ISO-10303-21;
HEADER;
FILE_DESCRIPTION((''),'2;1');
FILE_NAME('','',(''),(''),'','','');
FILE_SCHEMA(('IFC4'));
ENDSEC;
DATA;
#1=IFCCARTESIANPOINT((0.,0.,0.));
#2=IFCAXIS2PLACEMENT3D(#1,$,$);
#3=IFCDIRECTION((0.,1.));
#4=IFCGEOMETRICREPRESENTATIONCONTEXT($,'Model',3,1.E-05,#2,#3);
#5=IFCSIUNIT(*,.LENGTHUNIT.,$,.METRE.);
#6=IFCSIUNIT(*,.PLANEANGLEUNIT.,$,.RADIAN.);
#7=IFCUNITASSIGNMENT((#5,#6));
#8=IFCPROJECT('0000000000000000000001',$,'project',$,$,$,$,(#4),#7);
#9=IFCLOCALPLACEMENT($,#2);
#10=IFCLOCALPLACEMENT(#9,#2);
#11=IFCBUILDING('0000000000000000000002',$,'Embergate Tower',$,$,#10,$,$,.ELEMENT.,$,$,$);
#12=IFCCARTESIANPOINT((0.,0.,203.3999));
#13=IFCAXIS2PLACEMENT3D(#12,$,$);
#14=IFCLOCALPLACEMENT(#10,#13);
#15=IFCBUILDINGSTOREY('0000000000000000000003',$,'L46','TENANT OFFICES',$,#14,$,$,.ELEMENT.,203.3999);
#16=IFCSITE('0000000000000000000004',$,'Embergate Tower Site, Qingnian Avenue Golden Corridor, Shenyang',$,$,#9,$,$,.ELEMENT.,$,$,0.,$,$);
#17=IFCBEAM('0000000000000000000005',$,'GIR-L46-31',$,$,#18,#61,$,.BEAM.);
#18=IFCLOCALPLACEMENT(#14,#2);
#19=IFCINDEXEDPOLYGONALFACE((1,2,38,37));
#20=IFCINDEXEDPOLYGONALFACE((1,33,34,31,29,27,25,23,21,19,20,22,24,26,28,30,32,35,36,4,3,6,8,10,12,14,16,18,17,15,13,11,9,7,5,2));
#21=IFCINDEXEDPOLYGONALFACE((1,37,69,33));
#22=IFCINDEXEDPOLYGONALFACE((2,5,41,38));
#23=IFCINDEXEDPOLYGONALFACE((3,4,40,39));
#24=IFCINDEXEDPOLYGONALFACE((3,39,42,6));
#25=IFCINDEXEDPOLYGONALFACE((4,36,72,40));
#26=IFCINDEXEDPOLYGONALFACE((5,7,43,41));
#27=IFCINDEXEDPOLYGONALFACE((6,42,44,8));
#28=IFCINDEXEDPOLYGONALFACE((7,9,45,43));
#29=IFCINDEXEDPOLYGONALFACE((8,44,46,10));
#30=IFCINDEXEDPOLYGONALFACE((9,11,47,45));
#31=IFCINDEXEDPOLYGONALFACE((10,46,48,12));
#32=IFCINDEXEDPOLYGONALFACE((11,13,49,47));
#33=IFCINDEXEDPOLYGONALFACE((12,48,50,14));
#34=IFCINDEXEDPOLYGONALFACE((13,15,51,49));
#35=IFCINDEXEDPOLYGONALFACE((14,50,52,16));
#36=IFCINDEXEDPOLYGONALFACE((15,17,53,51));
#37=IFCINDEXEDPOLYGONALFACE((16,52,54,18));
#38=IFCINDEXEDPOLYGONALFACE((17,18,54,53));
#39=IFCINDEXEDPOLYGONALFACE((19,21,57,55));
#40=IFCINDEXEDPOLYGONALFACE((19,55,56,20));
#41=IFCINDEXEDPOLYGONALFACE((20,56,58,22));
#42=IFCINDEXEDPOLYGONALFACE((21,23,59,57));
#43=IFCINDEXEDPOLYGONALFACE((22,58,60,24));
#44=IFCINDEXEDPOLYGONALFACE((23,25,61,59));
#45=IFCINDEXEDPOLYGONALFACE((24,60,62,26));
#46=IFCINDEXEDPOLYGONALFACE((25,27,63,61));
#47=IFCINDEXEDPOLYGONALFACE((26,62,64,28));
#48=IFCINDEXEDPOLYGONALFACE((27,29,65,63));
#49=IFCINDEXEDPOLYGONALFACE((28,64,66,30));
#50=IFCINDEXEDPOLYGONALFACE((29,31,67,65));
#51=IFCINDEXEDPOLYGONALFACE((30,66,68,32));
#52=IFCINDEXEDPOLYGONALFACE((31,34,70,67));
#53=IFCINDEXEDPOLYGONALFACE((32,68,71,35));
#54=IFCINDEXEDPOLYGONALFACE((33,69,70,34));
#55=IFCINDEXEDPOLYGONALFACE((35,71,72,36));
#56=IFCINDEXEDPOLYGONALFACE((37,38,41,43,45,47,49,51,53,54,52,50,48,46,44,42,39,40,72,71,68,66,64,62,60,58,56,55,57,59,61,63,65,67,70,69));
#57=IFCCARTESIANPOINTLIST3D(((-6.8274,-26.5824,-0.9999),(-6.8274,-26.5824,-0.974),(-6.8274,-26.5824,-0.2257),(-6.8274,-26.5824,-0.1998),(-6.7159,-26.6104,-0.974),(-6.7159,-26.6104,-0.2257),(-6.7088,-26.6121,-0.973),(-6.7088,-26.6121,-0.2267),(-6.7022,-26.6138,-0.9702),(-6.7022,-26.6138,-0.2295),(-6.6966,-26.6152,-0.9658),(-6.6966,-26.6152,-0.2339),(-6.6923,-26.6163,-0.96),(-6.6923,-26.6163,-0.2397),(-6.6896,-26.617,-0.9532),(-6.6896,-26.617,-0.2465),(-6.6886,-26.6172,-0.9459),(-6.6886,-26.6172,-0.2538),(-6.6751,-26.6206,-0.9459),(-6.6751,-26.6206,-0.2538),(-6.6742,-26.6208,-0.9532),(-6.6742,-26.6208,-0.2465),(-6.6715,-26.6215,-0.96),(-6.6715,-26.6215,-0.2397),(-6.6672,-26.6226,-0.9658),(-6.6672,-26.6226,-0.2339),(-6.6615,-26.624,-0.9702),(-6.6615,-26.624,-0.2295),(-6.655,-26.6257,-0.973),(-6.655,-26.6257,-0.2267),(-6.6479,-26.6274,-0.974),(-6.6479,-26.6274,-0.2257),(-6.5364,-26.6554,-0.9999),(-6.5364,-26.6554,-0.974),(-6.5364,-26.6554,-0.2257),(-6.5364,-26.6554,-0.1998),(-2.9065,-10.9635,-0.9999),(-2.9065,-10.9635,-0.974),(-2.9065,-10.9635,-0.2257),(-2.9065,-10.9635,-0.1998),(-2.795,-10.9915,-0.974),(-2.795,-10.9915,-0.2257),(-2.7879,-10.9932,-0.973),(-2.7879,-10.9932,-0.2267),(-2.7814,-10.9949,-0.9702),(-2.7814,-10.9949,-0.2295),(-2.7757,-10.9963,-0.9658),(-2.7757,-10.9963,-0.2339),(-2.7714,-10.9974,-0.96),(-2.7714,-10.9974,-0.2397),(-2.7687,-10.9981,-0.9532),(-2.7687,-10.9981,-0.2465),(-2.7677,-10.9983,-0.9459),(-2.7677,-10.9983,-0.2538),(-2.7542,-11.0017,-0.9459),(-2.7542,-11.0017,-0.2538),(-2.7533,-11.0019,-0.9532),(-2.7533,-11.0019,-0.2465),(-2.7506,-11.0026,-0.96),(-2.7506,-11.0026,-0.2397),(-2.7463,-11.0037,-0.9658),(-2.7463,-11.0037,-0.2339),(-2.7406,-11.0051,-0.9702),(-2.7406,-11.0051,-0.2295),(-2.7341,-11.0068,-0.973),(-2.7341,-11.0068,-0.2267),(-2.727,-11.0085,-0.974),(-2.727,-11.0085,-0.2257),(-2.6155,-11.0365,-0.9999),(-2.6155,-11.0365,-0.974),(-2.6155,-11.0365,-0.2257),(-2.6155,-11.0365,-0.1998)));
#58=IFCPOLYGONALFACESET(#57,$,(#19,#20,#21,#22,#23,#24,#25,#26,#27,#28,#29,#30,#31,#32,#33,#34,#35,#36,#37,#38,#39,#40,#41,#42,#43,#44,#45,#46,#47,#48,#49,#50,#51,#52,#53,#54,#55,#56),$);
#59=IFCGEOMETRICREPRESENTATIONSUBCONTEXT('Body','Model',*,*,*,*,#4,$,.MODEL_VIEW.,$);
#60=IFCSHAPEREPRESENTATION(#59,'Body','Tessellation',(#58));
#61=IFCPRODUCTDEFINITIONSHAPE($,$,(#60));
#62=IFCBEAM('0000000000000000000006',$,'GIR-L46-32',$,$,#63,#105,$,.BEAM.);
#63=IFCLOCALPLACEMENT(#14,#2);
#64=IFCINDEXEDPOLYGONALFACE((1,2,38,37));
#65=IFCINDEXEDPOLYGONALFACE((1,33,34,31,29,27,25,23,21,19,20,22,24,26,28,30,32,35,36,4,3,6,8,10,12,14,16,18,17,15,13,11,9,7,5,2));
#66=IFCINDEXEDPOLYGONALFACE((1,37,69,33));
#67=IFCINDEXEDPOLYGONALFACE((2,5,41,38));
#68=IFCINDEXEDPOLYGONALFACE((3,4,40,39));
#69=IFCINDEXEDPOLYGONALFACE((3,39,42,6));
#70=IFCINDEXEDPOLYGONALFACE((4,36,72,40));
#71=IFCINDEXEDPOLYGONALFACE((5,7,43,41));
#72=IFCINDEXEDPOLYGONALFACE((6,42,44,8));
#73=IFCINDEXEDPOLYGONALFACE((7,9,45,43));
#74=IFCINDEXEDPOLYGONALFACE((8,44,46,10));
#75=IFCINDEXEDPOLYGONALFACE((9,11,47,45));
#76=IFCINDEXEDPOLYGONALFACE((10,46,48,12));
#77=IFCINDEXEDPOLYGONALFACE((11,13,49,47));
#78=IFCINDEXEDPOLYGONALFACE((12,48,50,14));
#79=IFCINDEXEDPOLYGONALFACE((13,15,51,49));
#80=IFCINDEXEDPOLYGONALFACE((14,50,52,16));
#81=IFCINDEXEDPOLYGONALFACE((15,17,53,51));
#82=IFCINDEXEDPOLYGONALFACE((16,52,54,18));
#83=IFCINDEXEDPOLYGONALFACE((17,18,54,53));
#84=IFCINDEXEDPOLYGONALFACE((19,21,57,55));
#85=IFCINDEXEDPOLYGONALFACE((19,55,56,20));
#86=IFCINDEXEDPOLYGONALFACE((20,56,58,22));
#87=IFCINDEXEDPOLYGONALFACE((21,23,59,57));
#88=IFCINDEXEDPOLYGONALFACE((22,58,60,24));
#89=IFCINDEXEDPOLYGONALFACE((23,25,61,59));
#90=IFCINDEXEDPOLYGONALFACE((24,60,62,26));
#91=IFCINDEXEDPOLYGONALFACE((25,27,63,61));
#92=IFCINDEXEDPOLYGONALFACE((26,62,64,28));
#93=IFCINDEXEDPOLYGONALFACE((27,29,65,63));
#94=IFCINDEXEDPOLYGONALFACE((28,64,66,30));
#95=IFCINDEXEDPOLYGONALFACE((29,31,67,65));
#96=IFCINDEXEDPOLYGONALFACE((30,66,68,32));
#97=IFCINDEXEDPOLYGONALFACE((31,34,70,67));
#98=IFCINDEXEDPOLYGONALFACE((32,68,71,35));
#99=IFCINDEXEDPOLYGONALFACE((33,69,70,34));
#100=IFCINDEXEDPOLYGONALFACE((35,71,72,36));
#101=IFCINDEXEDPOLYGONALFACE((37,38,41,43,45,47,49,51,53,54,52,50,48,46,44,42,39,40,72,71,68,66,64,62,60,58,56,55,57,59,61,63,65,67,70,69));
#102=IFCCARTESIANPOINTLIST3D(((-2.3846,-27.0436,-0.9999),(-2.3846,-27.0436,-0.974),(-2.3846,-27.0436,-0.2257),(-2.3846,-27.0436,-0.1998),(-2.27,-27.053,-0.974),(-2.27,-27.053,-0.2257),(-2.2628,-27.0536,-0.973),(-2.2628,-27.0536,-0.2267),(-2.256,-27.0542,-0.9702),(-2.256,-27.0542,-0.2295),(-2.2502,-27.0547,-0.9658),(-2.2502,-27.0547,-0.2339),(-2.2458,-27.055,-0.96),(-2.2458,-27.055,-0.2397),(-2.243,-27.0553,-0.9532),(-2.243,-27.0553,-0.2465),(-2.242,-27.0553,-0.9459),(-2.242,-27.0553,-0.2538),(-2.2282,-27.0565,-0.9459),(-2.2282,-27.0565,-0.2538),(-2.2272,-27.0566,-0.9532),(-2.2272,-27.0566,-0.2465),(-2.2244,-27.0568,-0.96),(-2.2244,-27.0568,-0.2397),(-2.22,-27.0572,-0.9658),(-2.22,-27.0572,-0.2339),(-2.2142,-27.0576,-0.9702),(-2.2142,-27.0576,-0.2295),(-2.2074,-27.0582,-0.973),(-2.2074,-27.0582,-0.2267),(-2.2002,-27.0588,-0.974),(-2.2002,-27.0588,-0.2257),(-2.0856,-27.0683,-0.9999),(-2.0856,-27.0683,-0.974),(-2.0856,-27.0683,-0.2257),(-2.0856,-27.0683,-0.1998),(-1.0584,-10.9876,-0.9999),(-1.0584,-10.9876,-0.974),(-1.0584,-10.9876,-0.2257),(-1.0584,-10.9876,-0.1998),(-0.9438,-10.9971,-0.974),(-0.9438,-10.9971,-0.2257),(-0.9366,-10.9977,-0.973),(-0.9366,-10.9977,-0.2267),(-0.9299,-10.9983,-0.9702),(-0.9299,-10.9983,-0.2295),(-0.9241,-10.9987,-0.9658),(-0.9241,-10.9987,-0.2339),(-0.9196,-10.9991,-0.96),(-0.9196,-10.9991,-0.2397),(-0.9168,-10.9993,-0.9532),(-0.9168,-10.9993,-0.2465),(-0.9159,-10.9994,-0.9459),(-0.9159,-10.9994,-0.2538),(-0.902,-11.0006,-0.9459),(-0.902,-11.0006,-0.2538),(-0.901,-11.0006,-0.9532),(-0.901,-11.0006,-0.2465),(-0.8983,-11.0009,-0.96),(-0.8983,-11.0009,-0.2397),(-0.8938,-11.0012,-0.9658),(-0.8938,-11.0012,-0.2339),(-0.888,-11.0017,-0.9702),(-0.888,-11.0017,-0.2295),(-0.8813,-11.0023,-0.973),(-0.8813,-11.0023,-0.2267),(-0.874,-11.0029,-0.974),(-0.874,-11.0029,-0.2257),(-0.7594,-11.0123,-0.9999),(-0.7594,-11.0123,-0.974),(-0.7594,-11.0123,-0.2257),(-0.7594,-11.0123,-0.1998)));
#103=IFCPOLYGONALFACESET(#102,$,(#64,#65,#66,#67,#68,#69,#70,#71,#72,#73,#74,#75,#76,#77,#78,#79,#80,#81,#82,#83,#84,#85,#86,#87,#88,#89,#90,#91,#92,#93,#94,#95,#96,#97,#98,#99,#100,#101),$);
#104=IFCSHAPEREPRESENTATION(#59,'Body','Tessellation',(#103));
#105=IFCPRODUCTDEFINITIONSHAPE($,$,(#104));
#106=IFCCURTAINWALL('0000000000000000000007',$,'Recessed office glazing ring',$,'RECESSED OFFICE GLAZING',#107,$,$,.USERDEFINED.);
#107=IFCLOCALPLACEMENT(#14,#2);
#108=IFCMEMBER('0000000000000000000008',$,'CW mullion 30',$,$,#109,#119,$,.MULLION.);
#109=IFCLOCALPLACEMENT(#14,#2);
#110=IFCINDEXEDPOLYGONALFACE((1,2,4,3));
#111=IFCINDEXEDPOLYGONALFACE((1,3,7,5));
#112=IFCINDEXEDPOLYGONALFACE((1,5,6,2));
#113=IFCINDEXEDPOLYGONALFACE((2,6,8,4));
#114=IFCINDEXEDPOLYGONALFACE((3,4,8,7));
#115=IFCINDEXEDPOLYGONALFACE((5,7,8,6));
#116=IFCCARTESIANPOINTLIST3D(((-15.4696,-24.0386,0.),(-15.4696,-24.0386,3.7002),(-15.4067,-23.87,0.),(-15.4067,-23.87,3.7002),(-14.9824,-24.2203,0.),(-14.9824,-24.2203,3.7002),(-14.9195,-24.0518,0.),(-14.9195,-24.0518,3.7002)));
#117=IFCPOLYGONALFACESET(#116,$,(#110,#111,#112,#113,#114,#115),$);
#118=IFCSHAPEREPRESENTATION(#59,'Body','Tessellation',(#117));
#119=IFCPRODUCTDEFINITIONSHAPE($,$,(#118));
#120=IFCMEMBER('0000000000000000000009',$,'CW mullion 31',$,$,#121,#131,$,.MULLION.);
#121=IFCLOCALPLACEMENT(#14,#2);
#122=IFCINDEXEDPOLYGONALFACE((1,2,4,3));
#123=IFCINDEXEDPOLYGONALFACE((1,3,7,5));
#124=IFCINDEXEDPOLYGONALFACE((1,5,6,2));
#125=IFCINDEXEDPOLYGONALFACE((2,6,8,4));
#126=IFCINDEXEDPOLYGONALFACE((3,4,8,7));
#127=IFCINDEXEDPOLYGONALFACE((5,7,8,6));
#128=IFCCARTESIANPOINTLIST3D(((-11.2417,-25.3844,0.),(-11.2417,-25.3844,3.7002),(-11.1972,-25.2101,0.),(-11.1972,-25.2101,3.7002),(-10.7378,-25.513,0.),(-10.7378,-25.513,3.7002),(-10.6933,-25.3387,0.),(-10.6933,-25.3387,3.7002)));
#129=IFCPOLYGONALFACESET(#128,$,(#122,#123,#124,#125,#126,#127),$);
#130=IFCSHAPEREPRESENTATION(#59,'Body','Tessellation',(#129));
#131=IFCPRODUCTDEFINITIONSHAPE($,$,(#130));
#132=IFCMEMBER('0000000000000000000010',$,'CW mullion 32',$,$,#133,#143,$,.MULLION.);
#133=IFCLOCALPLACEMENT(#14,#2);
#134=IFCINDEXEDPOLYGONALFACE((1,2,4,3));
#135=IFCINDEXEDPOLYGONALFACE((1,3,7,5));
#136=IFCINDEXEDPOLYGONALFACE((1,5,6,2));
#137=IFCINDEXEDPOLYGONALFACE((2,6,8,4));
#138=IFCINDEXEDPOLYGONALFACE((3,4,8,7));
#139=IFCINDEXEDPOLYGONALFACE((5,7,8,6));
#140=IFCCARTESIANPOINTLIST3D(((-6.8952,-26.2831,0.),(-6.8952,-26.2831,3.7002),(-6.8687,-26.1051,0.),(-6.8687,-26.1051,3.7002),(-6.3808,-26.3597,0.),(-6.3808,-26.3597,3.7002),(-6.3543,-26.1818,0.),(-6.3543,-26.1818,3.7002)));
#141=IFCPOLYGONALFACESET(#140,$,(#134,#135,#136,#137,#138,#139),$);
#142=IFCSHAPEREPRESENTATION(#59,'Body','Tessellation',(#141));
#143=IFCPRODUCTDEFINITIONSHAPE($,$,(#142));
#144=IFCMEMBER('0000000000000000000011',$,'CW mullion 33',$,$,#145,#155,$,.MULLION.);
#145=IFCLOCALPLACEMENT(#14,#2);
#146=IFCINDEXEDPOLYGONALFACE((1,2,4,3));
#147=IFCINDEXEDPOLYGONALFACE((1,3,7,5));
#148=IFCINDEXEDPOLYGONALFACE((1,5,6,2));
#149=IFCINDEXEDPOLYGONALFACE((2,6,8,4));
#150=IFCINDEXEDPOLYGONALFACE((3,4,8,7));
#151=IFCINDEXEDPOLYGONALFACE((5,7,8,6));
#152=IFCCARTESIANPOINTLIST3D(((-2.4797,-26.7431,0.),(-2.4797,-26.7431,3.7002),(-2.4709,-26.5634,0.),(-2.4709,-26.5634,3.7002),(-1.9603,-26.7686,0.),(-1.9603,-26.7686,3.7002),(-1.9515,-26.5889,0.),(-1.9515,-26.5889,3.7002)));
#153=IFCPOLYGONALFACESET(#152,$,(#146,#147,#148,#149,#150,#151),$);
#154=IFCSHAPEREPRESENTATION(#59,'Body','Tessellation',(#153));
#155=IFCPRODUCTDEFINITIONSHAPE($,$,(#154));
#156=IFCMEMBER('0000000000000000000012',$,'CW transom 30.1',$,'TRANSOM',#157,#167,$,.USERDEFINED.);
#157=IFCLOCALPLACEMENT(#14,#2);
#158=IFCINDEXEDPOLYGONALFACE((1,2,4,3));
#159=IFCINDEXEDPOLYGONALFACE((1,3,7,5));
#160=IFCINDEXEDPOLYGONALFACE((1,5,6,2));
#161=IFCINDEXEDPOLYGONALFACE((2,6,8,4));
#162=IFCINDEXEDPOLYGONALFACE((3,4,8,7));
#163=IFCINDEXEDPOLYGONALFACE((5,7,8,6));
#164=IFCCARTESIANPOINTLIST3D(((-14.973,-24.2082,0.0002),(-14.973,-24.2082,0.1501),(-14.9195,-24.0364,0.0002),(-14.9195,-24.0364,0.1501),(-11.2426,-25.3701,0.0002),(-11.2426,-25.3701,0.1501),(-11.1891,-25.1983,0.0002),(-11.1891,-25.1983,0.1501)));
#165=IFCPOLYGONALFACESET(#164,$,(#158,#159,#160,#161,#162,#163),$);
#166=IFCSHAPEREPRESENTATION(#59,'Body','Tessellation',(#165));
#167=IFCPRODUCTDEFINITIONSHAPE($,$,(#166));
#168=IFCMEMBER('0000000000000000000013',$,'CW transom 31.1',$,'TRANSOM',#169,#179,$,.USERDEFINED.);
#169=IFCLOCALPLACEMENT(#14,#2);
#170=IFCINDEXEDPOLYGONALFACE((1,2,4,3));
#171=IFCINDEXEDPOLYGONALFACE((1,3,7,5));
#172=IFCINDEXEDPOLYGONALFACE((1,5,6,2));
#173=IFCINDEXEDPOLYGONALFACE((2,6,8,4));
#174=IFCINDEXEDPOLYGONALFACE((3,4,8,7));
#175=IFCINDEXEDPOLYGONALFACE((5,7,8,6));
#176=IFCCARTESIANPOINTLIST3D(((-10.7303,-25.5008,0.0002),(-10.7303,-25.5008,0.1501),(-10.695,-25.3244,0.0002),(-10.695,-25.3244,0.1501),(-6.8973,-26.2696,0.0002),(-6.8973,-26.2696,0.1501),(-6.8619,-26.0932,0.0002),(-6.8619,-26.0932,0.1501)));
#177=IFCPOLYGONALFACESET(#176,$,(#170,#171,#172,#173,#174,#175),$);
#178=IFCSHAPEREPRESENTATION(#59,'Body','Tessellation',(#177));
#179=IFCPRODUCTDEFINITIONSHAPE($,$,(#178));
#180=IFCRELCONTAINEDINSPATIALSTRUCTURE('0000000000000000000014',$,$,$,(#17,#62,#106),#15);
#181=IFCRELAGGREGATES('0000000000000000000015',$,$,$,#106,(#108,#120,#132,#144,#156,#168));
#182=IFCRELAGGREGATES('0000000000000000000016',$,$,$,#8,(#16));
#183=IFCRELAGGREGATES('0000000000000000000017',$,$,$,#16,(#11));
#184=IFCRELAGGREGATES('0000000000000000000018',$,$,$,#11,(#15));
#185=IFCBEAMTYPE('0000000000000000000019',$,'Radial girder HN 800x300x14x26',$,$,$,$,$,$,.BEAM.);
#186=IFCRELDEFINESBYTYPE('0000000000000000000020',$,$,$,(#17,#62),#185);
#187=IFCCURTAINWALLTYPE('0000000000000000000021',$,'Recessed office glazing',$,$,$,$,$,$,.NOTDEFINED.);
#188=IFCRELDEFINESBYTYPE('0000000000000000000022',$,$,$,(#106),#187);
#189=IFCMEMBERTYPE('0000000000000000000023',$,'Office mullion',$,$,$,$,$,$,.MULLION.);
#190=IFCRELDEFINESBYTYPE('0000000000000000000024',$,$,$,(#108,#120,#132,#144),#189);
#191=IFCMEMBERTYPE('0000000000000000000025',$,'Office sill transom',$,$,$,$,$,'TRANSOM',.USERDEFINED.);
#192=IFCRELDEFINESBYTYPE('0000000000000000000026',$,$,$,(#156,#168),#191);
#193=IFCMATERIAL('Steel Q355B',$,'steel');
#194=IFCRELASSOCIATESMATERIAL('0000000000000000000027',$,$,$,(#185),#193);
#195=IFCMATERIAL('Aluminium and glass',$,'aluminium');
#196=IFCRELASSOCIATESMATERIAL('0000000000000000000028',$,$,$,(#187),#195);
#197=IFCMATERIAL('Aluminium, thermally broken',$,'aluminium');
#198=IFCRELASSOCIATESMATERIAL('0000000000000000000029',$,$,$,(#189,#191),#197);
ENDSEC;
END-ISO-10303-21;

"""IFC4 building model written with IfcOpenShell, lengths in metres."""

from ifc_helpers import new_model, si_unit, direction, frame, origin, origin_2d, place, context, subcontext, project, spatial, rectangle, i_section, extrude, source, transform, mapped, material, material_profile, profile_set, type_object, element, aggregate, save


model = new_model("IFC4")

# Units and contexts
model_context = context("Model", 3, precision=1e-05, world=origin(), true_north=direction((0.0, 1.0)))
body_context = subcontext(model_context, "Body", "Model", "MODEL_VIEW")
ifc_project = project(units=[si_unit("LENGTHUNIT", "METRE"), si_unit("PLANEANGLEUNIT", "RADIAN")], contexts=[model_context])

# Site, building, storey
site_placement = place(None, origin())
site = spatial("IfcSite", under=ifc_project, at=site_placement, Name="Embergate Tower Site, Qingnian Avenue Golden Corridor, Shenyang", CompositionType="ELEMENT", RefElevation=0.0)
building_placement = place(site_placement, origin())
building = spatial("IfcBuilding", under=site, at=building_placement, Name="Embergate Tower", CompositionType="ELEMENT")
storey_placement = place(building_placement, frame((0.0, 0.0, 203.3999)))
storey = spatial("IfcBuildingStorey", under=building, at=storey_placement, Name="L46", Description="TENANT OFFICES", CompositionType="ELEMENT", Elevation=203.3999)

# Beams
ifc_material_1 = material(Name="Steel Q355B", Category="steel")
ifc_material_profile_1 = material_profile(ifc_material_1, i_section(OverallWidth=0.3, OverallDepth=0.8, WebThickness=0.0139, FlangeThickness=0.0259, FilletRadius=0.0281, at=origin_2d()), Name="HN 800x300x14x26")
ifc_profile_set_1 = profile_set([ifc_material_profile_1], Name="Steel Q355 grade B")
beam_type_1 = type_object("IfcBeamType", Name="Radial girder HN 800x300x14x26", PredefinedType="BEAM", material=ifc_profile_set_1)
shared_shape_1 = source(origin(), body_context, "Body", "SweptSolid", [
    extrude(i_section(OverallWidth=0.3, OverallDepth=0.8, WebThickness=0.0139, FlangeThickness=0.0259, FilletRadius=0.0281, at=origin_2d()), origin(), (0.0, 0.0, 1.0), 16.1035),
])
beam_1_placement = place(storey_placement, frame((-6.6819, -26.6189, -0.5999), z_axis=(0.243481, 0.969906, 0.0), x_axis=(-0.969906, 0.243481, 0.0)))
element("IfcBeam", 1, at=beam_1_placement, inside=storey, type_object=beam_type_1, Name="GIR-L46-31", PredefinedType="BEAM", context=body_context, shape_type="MappedRepresentation", body=[
    mapped(shared_shape_1, transform((0.0, 0.0, 0.0))),
])
shared_shape_2 = source(origin(), body_context, "Body", "SweptSolid", [
    extrude(i_section(OverallWidth=0.3, OverallDepth=0.8, WebThickness=0.0139, FlangeThickness=0.0259, FilletRadius=0.0281, at=origin_2d()), origin(), (0.0, 0.0, 1.0), 16.1106),
])
beam_2_placement = place(storey_placement, frame((-2.2351, -27.0559, -0.5999), z_axis=(0.082317, 0.996606, 0.0), x_axis=(-0.996606, 0.082317, 0.0)))
element("IfcBeam", 2, at=beam_2_placement, inside=storey, type_object=beam_type_1, Name="GIR-L46-32", PredefinedType="BEAM", context=body_context, shape_type="MappedRepresentation", body=[
    mapped(shared_shape_2, transform((0.0, 0.0, 0.0))),
])

# Curtain wall, members
ifc_material_2 = material(Name="Aluminium and glass", Category="aluminium")
curtain_wall_type = type_object("IfcCurtainWallType", Name="Recessed office glazing", PredefinedType="NOTDEFINED", material=ifc_material_2)
curtain_wall_placement = place(storey_placement, origin())
curtain_wall = element("IfcCurtainWall", 3, at=curtain_wall_placement, inside=storey, type_object=curtain_wall_type, Name="Recessed office glazing ring", ObjectType="RECESSED OFFICE GLAZING", PredefinedType="USERDEFINED")
ifc_material_3 = material(Name="Aluminium, thermally broken", Category="aluminium")
ifc_material_profile_2 = material_profile(ifc_material_3, rectangle(XDim=0.1799, YDim=0.52, at=origin_2d()), Name="AL 520x180")
ifc_profile_set_2 = profile_set([ifc_material_profile_2], Name="Aluminium, thermally broken")
member_type_1 = type_object("IfcMemberType", Name="Office mullion", PredefinedType="MULLION", material=ifc_profile_set_2)
shared_shape_3 = source(origin(), body_context, "Body", "SweptSolid", [
    extrude(rectangle(XDim=0.1799, YDim=0.52, at=origin_2d()), origin(), (0.0, 0.0, 1.0), 3.7002),
])
member_1_placement = place(storey_placement, frame((-15.1946, -24.0452, 0.0), z_axis=(0.0, 0.0, 1.0), x_axis=(0.349511, 0.936932, 0.0)))
member_1 = element("IfcMember", 4, at=member_1_placement, type_object=member_type_1, Name="CW mullion 30", PredefinedType="MULLION", context=body_context, shape_type="MappedRepresentation", body=[
    mapped(shared_shape_3, transform((0.0, 0.0, 0.0))),
])
member_2_placement = place(storey_placement, frame((-10.9675, -25.3616, 0.0), z_axis=(0.0, 0.0, 1.0), x_axis=(0.247319, 0.968934, 0.0)))
member_2 = element("IfcMember", 5, at=member_2_placement, type_object=member_type_1, Name="CW mullion 31", PredefinedType="MULLION", context=body_context, shape_type="MappedRepresentation", body=[
    mapped(shared_shape_3, transform((0.0, 0.0, 0.0))),
])
member_3_placement = place(storey_placement, frame((-6.6248, -26.2324, 0.0), z_axis=(0.0, 0.0, 1.0), x_axis=(0.147416, 0.989075, 0.0)))
member_3 = element("IfcMember", 6, at=member_3_placement, type_object=member_type_1, Name="CW mullion 32", PredefinedType="MULLION", context=body_context, shape_type="MappedRepresentation", body=[
    mapped(shared_shape_3, transform((0.0, 0.0, 0.0))),
])
member_4_placement = place(storey_placement, frame((-2.2156, -26.666, 0.0), z_axis=(0.0, 0.0, 1.0), x_axis=(0.048972, 0.9988, 0.0)))
member_4 = element("IfcMember", 7, at=member_4_placement, type_object=member_type_1, Name="CW mullion 33", PredefinedType="MULLION", context=body_context, shape_type="MappedRepresentation", body=[
    mapped(shared_shape_3, transform((0.0, 0.0, 0.0))),
])
ifc_material_profile_3 = material_profile(ifc_material_3, rectangle(XDim=0.1799, YDim=0.1499, at=origin_2d()), Name="AL 150x180")
ifc_profile_set_3 = profile_set([ifc_material_profile_3], Name="Aluminium, thermally broken")
member_type_2 = type_object("IfcMemberType", Name="Office sill transom", ElementType="TRANSOM", PredefinedType="USERDEFINED", material=ifc_profile_set_3)
shared_shape_4 = source(origin(), body_context, "Body", "SweptSolid", [
    extrude(rectangle(XDim=0.1799, YDim=0.1499, at=origin_2d()), origin(), (0.0, 0.0, 1.0), 3.9072),
])
member_5_placement = place(storey_placement, frame((-14.9463, -24.1223, 0.0752), z_axis=(0.954764, -0.297364, 0.0), x_axis=(0.297364, 0.954764, 0.0)))
member_5 = element("IfcMember", 8, at=member_5_placement, type_object=member_type_2, Name="CW transom 30.1", ObjectType="TRANSOM", PredefinedType="USERDEFINED", context=body_context, shape_type="MappedRepresentation", body=[
    mapped(shared_shape_4, transform((0.0, 0.0, 0.0))),
])
shared_shape_5 = source(origin(), body_context, "Body", "SweptSolid", [
    extrude(rectangle(XDim=0.1799, YDim=0.1499, at=origin_2d()), origin(), (0.0, 0.0, 1.0), 3.9094),
])
member_6_placement = place(storey_placement, frame((-10.7126, -25.4126, 0.0752), z_axis=(0.980472, -0.196657, 0.0), x_axis=(0.196657, 0.980472, 0.0)))
member_6 = element("IfcMember", 9, at=member_6_placement, type_object=member_type_2, Name="CW transom 31.1", ObjectType="TRANSOM", PredefinedType="USERDEFINED", context=body_context, shape_type="MappedRepresentation", body=[
    mapped(shared_shape_5, transform((0.0, 0.0, 0.0))),
])

aggregate(curtain_wall, [member_1, member_2, member_3, member_4, member_5, member_6])

save(model, "model.ifc")
